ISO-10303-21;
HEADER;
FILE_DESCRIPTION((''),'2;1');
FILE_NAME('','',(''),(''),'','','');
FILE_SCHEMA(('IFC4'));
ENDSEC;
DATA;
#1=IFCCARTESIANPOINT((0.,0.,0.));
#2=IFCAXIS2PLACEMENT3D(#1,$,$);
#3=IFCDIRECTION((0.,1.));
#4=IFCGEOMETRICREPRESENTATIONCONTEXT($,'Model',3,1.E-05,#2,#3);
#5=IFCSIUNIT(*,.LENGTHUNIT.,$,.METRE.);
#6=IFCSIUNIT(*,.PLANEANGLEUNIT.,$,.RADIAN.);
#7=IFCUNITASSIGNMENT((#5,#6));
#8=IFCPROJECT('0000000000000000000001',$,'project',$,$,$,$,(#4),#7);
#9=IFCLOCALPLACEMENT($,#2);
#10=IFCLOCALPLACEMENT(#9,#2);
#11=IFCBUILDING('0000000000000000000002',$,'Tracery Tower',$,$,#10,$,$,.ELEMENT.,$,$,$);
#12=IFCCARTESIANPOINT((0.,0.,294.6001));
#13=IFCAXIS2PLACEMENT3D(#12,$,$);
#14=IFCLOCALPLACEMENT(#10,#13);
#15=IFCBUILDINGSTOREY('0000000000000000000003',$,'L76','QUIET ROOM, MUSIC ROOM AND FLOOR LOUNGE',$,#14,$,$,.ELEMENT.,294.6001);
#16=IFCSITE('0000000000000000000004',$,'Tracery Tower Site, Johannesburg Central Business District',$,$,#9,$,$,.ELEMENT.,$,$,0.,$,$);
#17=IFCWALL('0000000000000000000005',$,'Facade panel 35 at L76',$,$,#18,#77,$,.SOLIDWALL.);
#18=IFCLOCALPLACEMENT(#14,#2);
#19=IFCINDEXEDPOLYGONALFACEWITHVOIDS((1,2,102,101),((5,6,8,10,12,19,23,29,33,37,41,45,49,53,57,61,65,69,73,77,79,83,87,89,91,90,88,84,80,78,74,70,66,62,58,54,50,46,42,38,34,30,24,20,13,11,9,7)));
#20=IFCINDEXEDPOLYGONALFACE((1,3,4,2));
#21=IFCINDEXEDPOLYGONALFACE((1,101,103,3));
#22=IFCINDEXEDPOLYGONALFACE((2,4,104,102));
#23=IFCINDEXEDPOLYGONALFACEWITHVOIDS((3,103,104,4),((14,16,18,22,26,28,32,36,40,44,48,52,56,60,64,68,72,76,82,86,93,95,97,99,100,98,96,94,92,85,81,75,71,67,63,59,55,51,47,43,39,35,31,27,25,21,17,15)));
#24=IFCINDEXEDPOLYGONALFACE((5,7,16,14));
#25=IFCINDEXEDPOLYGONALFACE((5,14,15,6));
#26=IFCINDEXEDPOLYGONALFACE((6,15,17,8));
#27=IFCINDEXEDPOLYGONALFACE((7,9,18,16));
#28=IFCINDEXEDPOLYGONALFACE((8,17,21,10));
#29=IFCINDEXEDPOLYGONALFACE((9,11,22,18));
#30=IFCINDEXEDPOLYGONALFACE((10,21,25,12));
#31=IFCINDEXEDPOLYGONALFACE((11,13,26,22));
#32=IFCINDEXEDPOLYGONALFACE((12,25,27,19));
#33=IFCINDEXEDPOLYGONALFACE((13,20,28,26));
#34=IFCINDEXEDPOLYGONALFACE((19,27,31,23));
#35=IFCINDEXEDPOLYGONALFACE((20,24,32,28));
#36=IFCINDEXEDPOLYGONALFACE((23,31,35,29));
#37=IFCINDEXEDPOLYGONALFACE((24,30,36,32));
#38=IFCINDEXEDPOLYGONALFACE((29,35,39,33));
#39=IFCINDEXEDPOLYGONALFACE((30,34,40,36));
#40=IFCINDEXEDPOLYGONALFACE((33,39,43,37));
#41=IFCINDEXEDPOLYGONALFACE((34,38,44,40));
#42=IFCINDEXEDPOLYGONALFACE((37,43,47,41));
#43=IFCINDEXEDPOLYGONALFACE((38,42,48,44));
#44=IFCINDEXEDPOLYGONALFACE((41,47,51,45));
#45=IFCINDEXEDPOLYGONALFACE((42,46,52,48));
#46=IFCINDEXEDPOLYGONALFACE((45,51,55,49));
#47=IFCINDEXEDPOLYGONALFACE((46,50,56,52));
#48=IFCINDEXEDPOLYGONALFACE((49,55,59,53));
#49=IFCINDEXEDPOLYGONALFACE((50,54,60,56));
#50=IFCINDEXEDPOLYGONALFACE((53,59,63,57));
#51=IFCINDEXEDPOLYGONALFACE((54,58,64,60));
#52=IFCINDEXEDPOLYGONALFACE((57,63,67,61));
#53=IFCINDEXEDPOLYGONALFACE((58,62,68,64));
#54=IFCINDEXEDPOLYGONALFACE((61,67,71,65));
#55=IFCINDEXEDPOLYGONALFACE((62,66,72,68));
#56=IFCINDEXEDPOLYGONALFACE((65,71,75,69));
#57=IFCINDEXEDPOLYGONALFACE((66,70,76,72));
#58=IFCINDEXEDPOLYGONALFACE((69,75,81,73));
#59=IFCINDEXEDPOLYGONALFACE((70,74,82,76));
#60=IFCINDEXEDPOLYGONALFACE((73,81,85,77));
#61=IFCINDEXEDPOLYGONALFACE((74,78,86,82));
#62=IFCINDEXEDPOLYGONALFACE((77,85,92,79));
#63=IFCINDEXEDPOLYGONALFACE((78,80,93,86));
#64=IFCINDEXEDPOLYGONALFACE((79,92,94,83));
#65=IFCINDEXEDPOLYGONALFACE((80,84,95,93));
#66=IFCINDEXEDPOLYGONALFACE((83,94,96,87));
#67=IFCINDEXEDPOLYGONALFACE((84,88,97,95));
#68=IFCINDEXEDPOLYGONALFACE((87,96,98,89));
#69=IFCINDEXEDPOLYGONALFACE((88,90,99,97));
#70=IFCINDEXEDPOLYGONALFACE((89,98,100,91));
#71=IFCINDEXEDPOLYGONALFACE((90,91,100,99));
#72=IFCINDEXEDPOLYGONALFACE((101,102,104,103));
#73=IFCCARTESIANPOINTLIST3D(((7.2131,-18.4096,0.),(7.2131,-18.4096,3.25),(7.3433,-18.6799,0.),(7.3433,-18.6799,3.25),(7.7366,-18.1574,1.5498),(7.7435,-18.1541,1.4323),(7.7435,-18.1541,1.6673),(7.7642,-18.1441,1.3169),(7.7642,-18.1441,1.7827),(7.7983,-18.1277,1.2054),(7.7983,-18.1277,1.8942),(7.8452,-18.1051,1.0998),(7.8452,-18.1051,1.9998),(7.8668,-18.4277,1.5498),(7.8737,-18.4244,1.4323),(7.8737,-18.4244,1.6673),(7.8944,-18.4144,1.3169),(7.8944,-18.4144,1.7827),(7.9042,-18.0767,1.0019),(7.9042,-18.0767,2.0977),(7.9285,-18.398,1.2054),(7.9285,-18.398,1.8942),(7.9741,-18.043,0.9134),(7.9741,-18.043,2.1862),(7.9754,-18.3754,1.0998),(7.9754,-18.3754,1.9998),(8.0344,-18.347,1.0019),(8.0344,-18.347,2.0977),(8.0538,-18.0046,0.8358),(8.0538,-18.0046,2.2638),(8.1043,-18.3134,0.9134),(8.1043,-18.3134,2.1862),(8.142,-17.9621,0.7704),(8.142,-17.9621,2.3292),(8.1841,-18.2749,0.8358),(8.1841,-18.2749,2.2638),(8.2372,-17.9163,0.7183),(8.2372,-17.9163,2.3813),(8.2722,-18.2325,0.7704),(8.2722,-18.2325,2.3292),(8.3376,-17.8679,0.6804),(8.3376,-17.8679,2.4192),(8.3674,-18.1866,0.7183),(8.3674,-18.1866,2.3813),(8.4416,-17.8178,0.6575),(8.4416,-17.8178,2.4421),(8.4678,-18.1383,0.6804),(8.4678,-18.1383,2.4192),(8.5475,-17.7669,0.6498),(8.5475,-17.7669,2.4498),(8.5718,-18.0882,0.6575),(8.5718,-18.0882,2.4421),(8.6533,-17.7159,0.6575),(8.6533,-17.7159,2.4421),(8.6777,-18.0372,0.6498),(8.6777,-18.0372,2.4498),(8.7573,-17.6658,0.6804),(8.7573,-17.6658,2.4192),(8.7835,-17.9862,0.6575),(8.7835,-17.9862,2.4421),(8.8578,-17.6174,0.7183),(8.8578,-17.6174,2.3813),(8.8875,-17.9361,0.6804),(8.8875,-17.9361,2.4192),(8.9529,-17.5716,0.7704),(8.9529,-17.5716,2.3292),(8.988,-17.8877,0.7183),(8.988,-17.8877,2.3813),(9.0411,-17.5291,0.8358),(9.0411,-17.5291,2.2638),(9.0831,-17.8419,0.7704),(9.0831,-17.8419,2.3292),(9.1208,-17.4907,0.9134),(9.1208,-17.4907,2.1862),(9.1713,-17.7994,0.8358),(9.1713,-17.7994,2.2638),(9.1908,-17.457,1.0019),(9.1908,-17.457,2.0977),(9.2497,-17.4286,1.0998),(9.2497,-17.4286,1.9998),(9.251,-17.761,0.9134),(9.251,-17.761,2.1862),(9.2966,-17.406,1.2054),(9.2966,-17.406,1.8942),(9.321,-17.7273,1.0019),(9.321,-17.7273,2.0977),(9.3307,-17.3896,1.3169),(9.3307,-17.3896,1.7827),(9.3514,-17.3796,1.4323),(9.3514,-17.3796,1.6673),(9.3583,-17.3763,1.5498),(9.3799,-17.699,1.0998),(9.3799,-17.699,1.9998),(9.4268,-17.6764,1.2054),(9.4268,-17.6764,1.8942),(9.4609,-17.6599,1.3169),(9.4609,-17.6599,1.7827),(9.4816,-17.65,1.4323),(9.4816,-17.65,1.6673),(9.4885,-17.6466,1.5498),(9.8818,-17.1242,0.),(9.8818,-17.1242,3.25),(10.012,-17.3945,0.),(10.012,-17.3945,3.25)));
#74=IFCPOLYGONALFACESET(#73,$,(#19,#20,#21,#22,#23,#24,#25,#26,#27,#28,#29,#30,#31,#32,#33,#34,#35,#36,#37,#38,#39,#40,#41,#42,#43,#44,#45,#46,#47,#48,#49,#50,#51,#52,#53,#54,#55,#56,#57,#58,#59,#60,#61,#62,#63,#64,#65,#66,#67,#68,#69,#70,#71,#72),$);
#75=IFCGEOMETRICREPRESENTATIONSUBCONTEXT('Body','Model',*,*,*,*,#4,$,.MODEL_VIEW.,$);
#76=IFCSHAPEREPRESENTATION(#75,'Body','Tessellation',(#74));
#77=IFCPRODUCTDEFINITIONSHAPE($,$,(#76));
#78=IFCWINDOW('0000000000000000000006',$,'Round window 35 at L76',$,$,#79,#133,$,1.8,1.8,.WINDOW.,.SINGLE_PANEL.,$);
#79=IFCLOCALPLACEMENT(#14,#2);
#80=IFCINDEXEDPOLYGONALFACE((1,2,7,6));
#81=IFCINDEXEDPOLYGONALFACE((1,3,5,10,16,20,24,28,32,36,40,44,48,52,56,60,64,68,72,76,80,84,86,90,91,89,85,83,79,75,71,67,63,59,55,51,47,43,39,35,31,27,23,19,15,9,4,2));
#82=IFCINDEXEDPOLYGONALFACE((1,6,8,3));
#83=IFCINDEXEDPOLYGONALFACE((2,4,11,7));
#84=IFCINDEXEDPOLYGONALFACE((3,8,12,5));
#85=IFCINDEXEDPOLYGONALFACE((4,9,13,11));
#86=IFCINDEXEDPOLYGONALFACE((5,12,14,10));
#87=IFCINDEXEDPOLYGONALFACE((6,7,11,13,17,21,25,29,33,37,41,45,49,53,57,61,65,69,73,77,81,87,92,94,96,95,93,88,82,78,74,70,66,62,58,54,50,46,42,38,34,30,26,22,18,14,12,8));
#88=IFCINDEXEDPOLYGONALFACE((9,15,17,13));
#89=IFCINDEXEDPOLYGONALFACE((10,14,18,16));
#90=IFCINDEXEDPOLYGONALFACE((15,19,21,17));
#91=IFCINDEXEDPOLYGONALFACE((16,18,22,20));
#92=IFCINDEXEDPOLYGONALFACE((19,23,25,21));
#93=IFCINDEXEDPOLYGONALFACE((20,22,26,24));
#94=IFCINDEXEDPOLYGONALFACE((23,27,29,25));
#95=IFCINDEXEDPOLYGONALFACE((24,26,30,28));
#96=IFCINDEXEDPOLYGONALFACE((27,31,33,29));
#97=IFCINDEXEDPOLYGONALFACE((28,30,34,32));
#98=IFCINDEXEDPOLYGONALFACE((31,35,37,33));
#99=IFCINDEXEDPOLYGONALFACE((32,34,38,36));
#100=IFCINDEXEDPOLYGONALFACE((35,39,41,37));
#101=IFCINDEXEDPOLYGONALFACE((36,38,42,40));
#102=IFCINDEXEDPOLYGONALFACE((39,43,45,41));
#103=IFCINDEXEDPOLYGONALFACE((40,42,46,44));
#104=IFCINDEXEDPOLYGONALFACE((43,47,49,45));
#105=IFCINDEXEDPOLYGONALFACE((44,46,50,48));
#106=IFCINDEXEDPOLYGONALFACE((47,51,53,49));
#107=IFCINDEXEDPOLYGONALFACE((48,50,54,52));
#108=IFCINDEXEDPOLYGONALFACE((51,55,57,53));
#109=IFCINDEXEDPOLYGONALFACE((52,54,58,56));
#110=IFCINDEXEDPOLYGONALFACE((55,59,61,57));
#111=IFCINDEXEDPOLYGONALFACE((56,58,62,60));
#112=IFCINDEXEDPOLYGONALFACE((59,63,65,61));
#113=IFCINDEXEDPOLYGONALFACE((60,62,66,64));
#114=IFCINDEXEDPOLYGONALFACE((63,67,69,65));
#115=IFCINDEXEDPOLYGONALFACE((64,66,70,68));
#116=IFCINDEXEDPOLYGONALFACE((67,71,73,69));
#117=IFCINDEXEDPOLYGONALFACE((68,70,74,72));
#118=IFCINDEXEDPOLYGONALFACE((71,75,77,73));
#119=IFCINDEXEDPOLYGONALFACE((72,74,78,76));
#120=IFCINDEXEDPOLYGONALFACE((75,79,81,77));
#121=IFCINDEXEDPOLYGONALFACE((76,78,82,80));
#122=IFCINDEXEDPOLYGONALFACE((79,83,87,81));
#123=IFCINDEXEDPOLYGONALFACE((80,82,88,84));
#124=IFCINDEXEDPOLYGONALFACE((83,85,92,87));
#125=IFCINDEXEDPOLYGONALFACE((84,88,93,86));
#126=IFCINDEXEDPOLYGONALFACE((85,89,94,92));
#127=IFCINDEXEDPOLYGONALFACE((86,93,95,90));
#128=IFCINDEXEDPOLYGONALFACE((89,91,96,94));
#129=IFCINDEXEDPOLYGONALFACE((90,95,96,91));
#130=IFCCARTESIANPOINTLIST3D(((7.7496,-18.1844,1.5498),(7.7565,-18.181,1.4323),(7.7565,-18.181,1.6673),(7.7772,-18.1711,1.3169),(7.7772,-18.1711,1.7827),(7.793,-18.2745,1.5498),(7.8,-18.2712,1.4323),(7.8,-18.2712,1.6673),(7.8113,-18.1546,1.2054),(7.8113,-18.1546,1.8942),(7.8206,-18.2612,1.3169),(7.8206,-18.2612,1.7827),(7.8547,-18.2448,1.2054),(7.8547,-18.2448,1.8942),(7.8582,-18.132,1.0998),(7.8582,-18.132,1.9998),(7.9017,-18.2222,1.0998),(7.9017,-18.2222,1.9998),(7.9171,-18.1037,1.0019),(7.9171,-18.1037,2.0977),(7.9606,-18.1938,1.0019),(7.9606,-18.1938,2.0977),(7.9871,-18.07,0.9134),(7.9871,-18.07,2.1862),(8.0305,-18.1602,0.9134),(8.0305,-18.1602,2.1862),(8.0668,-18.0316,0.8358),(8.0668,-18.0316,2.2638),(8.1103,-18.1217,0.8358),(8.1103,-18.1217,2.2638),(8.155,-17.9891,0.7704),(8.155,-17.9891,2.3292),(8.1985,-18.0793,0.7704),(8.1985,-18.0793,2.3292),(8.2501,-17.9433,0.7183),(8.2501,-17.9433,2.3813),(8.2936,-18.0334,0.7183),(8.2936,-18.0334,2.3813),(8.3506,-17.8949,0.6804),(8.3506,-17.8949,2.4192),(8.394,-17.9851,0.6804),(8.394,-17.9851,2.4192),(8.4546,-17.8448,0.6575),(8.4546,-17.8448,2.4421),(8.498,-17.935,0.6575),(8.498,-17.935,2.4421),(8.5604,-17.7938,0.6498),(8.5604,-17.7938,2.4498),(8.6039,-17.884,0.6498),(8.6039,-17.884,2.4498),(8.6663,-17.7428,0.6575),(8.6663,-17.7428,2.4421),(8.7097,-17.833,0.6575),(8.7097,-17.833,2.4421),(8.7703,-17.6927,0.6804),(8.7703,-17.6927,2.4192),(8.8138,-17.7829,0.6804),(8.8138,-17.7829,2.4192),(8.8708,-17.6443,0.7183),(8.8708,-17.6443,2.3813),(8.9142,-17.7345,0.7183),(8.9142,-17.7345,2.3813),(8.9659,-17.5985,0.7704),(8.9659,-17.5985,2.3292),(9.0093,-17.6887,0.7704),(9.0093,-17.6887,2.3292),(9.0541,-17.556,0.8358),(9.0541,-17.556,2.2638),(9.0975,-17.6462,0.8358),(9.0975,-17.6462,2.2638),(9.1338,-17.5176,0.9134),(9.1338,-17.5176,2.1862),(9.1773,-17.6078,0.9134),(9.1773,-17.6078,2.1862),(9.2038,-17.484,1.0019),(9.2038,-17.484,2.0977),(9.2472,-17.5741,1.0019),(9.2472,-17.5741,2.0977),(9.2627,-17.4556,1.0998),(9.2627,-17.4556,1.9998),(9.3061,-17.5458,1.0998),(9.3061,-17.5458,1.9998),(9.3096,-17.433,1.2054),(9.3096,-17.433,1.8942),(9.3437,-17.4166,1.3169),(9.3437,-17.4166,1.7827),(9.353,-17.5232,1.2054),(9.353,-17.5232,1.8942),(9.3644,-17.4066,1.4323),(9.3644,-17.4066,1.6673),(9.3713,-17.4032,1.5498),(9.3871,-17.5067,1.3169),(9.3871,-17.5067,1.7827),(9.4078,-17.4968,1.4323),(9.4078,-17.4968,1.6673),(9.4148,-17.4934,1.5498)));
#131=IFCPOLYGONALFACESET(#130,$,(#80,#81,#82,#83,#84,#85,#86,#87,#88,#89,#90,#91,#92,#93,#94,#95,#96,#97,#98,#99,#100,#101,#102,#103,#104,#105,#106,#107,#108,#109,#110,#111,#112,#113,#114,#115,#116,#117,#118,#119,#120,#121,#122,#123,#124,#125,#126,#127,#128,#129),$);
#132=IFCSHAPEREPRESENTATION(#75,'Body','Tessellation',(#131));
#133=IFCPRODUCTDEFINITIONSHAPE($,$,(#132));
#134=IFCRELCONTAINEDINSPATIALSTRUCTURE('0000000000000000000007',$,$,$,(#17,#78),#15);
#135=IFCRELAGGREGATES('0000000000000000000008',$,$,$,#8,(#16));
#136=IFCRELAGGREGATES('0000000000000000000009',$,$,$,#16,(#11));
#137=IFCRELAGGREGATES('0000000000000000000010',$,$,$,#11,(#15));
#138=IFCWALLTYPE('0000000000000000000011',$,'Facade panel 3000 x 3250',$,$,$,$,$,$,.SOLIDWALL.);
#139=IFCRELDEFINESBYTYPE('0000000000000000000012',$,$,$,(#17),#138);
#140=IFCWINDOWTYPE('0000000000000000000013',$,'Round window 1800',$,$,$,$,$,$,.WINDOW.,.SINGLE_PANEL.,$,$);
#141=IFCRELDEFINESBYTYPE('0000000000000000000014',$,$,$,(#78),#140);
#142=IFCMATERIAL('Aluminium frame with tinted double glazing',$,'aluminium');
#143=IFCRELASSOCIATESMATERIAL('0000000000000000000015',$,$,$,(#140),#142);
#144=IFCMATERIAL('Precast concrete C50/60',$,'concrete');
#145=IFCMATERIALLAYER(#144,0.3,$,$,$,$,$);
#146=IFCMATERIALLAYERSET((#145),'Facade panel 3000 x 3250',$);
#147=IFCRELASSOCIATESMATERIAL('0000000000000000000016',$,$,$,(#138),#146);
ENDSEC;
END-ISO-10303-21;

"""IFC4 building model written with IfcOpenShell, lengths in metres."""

from ifc_helpers import new_model, si_unit, direction, frame, frame_2d, origin, origin_2d, place, context, subcontext, project, spatial, rectangle, circle, extrude, material, layer, layer_set, type_object, element, fill, save


model = new_model("IFC4")

# Units and contexts
model_context = context("Model", 3, precision=1e-05, world=origin(), true_north=direction((0.0, 1.0)))
body_context = subcontext(model_context, "Body", "Model", "MODEL_VIEW")
ifc_project = project(units=[si_unit("LENGTHUNIT", "METRE"), si_unit("PLANEANGLEUNIT", "RADIAN")], contexts=[model_context])

# Site, building, storey
site_placement = place(None, origin())
site = spatial("IfcSite", under=ifc_project, at=site_placement, Name="Tracery Tower Site, Johannesburg Central Business District", CompositionType="ELEMENT", RefElevation=0.0)
building_placement = place(site_placement, origin())
building = spatial("IfcBuilding", under=site, at=building_placement, Name="Tracery Tower", CompositionType="ELEMENT")
storey_placement = place(building_placement, frame((0.0, 0.0, 294.6001)))
storey = spatial("IfcBuildingStorey", under=building, at=storey_placement, Name="L76", Description="QUIET ROOM, MUSIC ROOM AND FLOOR LOUNGE", CompositionType="ELEMENT", Elevation=294.6001)

# Wall, opening, window
ifc_material_1 = material(Name="Aluminium frame with tinted double glazing", Category="aluminium")
window_type = type_object("IfcWindowType", Name="Round window 1800", PartitioningType="SINGLE_PANEL", PredefinedType="WINDOW", material=ifc_material_1)
ifc_material_2 = material(Name="Precast concrete C50/60", Category="concrete")
ifc_layer_1 = layer(ifc_material_2, 0.3)
ifc_layer_set_1 = layer_set([ifc_layer_1], Name="Facade panel 3000 x 3250")
wall_type_1 = type_object("IfcWallType", Name="Facade panel 3000 x 3250", PredefinedType="SOLIDWALL", material=ifc_layer_set_1)
wall_1_placement = place(storey_placement, frame((7.2783, -18.5447, 0.0), z_axis=(0.0, 0.0, 1.0), x_axis=(0.90094, 0.433944, 0.0)))
wall_1 = element("IfcWall", 1, at=wall_1_placement, inside=storey, type_object=wall_type_1, Name="Facade panel 35 at L76", PredefinedType="SOLIDWALL", context=body_context, shape_type="SweptSolid", body=[
    extrude(rectangle(XDim=2.9622, YDim=0.3, at=frame_2d((1.481, 0.0))), origin(), (0.0, 0.0, 1.0), 3.25),
])
opening_1_placement = place(wall_1_placement, frame((1.481, 0.0, 1.5498)))
opening_1 = element("IfcOpeningElement", 2, at=opening_1_placement, cuts=wall_1, PredefinedType="OPENING", context=body_context, shape_type="SweptSolid", body=[
    extrude(circle(Radius=0.9, at=origin_2d()), frame((0.0, 0.1599, 0.0), z_axis=(0.0, -1.0, 0.0), x_axis=(1.0, 0.0, 0.0)), (0.0, 0.0, 1.0), 0.3201),
])
window_1_placement = place(opening_1_placement, origin())
window_1 = element("IfcWindow", 3, at=window_1_placement, inside=storey, type_object=window_type, Name="Round window 35 at L76", OverallHeight=1.8, OverallWidth=1.8, PartitioningType="SINGLE_PANEL", PredefinedType="WINDOW", context=body_context, shape_type="SweptSolid", body=[
    extrude(circle(Radius=0.9, at=origin_2d()), frame((0.0, 0.1201, 0.0), z_axis=(0.0, -1.0, 0.0), x_axis=(1.0, 0.0, 0.0)), (0.0, 0.0, 1.0), 0.1001),
])
fill(opening_1, window_1)

save(model, "model.ifc")
